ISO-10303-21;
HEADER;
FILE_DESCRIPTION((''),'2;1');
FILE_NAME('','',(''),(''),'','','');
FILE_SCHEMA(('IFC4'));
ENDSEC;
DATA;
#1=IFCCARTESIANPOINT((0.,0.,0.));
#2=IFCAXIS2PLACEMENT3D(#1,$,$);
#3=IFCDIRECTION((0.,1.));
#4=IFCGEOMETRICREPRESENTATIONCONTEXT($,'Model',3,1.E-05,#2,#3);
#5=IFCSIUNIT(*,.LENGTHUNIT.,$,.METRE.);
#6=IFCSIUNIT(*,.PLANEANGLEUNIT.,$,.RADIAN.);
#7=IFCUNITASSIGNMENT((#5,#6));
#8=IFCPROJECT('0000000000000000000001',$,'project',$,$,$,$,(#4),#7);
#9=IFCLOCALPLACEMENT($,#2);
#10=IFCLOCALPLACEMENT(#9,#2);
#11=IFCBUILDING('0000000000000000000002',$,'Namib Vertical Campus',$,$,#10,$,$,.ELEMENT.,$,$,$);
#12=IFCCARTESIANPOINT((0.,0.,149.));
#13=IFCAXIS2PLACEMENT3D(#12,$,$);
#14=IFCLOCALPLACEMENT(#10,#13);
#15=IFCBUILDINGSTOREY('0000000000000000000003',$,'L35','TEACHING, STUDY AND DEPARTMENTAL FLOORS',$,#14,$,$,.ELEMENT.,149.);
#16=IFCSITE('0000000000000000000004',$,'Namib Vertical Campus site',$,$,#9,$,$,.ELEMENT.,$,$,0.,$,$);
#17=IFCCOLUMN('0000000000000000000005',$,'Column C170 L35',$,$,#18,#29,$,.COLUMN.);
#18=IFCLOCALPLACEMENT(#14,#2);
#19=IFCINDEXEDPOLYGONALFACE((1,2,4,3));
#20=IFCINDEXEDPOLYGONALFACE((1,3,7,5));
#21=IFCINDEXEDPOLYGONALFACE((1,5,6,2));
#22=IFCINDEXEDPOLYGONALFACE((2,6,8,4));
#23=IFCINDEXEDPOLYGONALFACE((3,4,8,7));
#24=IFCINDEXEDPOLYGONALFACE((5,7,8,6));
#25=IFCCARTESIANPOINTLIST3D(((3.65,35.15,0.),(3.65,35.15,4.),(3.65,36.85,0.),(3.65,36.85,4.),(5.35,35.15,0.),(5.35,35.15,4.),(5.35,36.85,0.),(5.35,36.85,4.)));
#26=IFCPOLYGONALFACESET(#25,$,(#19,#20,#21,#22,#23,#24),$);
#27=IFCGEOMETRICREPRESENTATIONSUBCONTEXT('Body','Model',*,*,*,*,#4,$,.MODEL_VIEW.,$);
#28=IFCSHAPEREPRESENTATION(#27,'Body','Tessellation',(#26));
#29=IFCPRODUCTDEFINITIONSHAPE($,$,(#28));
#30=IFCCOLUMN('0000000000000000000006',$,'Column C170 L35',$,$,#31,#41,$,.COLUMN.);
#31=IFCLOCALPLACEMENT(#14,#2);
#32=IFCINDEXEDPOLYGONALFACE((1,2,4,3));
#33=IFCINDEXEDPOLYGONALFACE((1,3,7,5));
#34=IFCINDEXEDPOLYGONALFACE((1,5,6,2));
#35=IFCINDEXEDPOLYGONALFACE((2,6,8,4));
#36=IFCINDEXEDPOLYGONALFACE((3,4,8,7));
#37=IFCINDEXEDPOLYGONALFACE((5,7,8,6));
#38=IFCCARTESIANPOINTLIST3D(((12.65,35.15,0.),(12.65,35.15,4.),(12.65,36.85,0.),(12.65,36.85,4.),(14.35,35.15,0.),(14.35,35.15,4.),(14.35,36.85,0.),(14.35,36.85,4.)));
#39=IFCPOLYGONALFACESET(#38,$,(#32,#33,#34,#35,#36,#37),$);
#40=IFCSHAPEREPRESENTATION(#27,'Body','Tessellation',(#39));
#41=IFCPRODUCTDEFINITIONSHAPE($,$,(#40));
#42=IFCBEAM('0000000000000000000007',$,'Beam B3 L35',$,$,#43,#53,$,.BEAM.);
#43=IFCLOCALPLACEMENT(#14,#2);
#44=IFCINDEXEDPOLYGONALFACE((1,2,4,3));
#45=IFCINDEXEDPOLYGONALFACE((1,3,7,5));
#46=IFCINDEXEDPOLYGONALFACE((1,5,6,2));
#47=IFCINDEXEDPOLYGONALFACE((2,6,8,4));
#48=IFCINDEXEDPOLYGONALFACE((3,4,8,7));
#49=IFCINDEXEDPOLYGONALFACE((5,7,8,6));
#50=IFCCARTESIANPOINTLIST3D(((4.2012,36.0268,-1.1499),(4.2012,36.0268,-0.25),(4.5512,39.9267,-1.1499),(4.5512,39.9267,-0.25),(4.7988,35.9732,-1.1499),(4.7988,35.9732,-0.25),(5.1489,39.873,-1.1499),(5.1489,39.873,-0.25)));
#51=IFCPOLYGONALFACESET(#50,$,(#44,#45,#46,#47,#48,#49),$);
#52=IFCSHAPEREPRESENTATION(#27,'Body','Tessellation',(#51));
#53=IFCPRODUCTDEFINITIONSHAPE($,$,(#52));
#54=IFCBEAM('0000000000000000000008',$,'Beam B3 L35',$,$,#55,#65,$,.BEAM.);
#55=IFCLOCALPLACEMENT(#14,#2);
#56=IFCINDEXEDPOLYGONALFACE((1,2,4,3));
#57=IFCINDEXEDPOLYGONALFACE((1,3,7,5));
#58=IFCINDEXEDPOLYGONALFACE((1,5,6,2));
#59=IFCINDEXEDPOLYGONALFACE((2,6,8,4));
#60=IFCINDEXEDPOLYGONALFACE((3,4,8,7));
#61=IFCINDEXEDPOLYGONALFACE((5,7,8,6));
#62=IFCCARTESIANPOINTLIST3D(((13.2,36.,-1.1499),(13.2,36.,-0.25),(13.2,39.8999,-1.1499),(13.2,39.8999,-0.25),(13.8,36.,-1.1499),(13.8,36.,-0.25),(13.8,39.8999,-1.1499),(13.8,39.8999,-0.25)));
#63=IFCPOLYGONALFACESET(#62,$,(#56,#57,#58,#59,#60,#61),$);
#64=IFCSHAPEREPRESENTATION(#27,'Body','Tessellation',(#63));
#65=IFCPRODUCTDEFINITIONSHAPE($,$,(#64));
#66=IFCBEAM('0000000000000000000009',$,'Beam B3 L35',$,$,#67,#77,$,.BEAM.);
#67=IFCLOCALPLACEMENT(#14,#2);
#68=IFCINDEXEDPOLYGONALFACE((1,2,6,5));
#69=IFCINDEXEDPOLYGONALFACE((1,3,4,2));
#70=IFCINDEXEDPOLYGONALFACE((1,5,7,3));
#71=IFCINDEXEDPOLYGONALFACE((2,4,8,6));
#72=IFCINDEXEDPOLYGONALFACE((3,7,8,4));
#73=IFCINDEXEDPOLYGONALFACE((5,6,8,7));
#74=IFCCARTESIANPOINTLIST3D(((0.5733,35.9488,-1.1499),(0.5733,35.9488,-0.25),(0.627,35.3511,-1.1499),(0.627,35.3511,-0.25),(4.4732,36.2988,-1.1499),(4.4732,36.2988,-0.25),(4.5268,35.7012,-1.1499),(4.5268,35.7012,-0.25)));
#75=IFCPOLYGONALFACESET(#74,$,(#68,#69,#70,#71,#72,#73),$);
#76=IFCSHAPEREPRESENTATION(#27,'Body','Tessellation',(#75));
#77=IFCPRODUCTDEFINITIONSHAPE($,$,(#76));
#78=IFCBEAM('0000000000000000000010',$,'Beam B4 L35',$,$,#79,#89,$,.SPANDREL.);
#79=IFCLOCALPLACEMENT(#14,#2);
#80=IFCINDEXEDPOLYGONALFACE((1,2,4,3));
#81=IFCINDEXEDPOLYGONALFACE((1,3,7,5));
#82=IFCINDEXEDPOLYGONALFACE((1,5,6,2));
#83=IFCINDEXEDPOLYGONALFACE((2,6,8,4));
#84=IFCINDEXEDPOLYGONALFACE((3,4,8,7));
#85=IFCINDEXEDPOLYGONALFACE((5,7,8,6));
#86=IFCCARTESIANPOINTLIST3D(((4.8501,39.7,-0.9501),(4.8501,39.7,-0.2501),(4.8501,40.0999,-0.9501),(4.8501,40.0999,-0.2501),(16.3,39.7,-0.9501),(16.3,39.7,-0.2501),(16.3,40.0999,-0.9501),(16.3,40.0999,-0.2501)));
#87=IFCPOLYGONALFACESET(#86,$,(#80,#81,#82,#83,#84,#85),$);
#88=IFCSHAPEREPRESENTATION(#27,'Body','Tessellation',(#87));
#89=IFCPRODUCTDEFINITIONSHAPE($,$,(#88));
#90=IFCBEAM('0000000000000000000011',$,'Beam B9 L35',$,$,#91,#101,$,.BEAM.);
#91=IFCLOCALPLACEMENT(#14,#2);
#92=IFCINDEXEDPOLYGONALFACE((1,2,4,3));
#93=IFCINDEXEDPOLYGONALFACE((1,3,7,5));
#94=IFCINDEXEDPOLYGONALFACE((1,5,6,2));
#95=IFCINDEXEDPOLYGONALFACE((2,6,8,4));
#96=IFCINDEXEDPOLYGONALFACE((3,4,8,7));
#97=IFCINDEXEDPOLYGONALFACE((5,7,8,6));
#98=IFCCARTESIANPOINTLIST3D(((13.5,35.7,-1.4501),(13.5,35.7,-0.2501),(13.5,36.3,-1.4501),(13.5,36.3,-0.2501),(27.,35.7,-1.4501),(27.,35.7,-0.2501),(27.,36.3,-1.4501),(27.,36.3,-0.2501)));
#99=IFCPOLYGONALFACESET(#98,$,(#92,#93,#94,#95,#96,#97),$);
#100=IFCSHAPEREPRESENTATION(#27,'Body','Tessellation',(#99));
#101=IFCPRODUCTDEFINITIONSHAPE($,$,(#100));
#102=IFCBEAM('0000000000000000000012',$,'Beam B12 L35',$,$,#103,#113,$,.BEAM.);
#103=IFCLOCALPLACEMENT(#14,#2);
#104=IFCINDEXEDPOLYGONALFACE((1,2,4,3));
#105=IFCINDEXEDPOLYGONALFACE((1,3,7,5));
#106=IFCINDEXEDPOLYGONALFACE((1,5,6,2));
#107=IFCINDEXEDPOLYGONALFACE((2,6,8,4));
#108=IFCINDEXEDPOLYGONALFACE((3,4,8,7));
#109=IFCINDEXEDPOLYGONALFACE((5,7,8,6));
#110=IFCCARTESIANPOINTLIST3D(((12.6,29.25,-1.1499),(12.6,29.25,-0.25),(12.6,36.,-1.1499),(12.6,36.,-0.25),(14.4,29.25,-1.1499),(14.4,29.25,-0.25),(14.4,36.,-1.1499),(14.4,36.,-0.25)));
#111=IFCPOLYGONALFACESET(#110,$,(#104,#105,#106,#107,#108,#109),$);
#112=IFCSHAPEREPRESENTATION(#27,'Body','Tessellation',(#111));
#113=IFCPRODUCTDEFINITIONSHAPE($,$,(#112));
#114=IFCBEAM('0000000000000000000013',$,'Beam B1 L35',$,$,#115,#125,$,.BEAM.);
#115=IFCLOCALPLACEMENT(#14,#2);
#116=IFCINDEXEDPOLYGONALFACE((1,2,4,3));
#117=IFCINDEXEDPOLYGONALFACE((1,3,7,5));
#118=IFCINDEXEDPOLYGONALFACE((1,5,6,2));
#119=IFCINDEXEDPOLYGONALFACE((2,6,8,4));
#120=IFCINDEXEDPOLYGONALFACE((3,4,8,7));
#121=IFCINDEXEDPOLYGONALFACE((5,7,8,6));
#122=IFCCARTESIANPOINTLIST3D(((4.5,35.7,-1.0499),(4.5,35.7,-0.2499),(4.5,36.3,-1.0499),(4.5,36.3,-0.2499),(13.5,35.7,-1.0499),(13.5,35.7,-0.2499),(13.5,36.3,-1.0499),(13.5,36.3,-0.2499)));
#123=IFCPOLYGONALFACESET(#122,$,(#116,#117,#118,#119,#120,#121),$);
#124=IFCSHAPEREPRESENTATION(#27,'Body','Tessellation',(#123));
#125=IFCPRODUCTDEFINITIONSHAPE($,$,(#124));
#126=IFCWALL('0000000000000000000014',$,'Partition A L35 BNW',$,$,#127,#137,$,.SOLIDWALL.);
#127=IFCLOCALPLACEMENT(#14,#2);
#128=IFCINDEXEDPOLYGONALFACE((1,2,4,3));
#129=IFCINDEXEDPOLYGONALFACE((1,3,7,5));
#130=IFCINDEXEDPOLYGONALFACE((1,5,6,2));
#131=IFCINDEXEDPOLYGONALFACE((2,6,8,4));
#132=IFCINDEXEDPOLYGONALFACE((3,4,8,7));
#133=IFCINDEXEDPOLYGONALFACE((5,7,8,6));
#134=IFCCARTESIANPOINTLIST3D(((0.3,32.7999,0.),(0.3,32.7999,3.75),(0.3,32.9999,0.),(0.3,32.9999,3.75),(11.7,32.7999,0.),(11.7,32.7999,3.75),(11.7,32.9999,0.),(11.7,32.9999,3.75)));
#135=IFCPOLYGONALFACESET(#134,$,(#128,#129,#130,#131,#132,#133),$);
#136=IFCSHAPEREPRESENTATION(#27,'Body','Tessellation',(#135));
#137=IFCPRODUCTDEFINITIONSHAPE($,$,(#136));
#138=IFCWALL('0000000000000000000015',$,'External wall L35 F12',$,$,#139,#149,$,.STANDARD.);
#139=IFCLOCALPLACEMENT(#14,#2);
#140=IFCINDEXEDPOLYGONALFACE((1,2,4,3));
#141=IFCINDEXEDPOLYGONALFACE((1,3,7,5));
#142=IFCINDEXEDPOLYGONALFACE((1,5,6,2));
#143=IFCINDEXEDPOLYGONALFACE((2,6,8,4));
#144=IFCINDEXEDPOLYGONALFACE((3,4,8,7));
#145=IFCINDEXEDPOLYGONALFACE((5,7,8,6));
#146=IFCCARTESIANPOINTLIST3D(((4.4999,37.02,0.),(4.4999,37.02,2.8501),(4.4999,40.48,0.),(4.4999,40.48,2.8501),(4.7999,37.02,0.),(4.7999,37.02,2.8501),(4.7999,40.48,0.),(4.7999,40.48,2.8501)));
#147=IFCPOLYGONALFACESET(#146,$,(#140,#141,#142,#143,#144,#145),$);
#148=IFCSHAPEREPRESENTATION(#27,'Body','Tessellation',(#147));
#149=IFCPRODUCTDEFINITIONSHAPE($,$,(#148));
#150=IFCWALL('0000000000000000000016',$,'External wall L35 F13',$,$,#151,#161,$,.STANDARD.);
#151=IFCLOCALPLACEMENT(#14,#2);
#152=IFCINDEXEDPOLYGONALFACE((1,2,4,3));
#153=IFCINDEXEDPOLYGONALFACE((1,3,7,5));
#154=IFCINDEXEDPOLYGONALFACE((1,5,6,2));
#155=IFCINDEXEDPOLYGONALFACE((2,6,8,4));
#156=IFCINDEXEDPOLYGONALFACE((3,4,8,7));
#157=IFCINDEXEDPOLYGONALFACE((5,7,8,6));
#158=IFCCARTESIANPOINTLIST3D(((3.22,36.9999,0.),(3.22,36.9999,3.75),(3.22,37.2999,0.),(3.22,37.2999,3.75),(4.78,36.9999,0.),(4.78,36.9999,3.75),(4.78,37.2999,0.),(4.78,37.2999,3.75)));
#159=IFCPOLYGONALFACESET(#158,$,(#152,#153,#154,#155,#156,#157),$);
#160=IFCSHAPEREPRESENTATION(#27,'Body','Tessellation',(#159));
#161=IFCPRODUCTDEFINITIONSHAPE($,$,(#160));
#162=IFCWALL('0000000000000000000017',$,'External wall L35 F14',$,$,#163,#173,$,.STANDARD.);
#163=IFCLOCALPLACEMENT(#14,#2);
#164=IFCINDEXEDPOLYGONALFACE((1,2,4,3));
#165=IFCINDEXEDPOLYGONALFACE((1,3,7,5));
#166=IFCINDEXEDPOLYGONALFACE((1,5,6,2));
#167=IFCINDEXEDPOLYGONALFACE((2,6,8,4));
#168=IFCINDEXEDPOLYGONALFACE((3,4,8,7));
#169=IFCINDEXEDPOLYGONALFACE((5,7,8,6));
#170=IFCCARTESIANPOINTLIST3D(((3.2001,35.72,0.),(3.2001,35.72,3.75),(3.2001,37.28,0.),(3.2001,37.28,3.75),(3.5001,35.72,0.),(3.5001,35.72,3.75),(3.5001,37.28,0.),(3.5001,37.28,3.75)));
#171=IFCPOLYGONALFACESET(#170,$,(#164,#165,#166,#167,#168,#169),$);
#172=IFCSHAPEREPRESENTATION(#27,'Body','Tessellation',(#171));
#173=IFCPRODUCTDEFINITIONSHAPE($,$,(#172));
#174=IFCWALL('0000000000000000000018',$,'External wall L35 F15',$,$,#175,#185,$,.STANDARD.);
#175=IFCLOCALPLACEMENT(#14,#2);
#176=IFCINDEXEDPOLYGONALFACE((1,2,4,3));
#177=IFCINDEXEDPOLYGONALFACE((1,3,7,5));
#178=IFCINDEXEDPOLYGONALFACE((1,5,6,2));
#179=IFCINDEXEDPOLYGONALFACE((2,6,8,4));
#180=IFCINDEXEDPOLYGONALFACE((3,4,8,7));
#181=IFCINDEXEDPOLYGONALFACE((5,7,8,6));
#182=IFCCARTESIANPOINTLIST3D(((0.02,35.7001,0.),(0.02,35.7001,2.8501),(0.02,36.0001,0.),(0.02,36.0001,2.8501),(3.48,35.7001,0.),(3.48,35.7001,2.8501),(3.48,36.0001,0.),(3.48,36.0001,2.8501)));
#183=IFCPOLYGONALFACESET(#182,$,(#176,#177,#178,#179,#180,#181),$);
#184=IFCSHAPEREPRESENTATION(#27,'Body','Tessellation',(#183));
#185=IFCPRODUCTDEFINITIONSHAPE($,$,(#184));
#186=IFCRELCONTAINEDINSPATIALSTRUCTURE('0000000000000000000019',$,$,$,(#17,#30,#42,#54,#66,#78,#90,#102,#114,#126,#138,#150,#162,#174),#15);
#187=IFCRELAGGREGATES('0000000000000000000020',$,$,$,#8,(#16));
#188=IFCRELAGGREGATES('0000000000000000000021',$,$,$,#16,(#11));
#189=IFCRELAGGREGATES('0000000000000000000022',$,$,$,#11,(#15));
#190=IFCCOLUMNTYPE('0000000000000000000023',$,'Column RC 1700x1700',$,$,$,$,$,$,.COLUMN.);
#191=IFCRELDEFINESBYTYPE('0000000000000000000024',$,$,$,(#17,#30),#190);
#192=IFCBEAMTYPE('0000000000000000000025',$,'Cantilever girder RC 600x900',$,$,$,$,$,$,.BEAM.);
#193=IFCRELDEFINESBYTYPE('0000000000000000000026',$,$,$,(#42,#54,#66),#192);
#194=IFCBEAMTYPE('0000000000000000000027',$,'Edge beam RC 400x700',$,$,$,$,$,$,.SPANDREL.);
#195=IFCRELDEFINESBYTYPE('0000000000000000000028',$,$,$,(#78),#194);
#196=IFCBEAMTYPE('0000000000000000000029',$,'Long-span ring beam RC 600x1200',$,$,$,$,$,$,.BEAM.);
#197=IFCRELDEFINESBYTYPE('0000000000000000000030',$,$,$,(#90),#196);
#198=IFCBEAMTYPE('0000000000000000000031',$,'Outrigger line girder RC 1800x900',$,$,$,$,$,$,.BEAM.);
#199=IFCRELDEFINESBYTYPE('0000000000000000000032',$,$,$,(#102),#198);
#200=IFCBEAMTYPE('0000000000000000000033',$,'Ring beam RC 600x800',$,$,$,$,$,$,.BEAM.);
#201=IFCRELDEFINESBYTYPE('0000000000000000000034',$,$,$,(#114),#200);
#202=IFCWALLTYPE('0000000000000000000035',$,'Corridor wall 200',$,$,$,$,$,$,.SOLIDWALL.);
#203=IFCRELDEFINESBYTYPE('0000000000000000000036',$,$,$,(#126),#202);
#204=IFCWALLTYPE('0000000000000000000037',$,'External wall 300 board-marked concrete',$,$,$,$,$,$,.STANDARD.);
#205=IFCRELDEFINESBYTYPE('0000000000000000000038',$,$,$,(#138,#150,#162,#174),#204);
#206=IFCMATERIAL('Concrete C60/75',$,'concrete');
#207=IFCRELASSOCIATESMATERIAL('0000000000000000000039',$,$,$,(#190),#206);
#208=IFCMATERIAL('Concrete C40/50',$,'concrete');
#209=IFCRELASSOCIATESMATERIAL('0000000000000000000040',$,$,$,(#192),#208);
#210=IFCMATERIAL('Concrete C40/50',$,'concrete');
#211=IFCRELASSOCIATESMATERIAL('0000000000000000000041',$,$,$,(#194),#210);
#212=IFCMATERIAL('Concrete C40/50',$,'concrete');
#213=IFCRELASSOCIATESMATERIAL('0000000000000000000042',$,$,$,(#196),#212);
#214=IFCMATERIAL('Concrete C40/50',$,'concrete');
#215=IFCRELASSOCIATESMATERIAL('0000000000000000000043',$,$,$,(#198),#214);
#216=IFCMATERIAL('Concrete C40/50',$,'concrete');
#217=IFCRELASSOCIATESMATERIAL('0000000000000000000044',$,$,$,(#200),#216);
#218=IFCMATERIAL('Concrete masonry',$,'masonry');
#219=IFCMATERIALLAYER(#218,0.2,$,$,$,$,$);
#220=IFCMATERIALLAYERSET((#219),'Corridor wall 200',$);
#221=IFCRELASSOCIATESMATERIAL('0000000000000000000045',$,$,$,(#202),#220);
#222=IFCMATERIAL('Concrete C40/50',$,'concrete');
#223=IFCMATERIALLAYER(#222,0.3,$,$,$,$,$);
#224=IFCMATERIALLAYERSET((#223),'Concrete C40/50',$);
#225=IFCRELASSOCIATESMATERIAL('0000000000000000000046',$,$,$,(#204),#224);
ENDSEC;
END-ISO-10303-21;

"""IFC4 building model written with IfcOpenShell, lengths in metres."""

from ifc_helpers import new_model, si_unit, direction, frame, frame_2d, origin, origin_2d, place, context, subcontext, project, spatial, rectangle, extrude, material, layer, layer_set, material_profile, profile_set, type_object, element, save


model = new_model("IFC4")

# Units and contexts
model_context = context("Model", 3, precision=1e-05, world=origin(), true_north=direction((0.0, 1.0)))
body_context = subcontext(model_context, "Body", "Model", "MODEL_VIEW")
ifc_project = project(units=[si_unit("LENGTHUNIT", "METRE"), si_unit("PLANEANGLEUNIT", "RADIAN")], contexts=[model_context])

# Site, building, storey
site_placement = place(None, origin())
site = spatial("IfcSite", under=ifc_project, at=site_placement, Name="Namib Vertical Campus site", CompositionType="ELEMENT", RefElevation=0.0)
building_placement = place(site_placement, origin())
building = spatial("IfcBuilding", under=site, at=building_placement, Name="Namib Vertical Campus", CompositionType="ELEMENT")
storey_placement = place(building_placement, frame((0.0, 0.0, 149.0)))
storey = spatial("IfcBuildingStorey", under=building, at=storey_placement, Name="L35", Description="TEACHING, STUDY AND DEPARTMENTAL FLOORS", CompositionType="ELEMENT", Elevation=149.0)

# Columns
ifc_material_1 = material(Name="Concrete C60/75", Category="concrete")
ifc_material_profile_1 = material_profile(ifc_material_1, rectangle(XDim=1.7, YDim=1.7, at=origin_2d()))
ifc_profile_set_1 = profile_set([ifc_material_profile_1], Name="Concrete C60/75")
column_type = type_object("IfcColumnType", Name="Column RC 1700x1700", PredefinedType="COLUMN", material=ifc_profile_set_1)
for number, where, z_axis, x_axis, name in (
    (1, (4.5, 36.0, 0.0), (0.0, 0.0, 1.0), (1.0, 0.0, 0.0), "Column C170 L35"),
    (2, (13.5, 36.0, 0.0), (0.0, 0.0, 1.0), (1.0, 0.0, 0.0), "Column C170 L35"),
):
    element("IfcColumn", number, at=place(storey_placement, frame(where, z_axis=z_axis, x_axis=x_axis)), inside=storey, type_object=column_type, Name=name, PredefinedType="COLUMN", context=body_context, shape_type="SweptSolid", body=[
        extrude(rectangle(XDim=1.7, YDim=1.7, at=origin_2d()), origin(), (0.0, 0.0, 1.0), 4.0),
    ])

# Beams
ifc_material_2 = material(Name="Concrete C40/50", Category="concrete")
ifc_material_profile_2 = material_profile(ifc_material_2, rectangle(XDim=0.6001, YDim=0.8999, at=origin_2d()))
ifc_profile_set_2 = profile_set([ifc_material_profile_2], Name="Concrete C40/50")
beam_type_1 = type_object("IfcBeamType", Name="Cantilever girder RC 600x900", PredefinedType="BEAM", material=ifc_profile_set_2)
beam_1_placement = place(storey_placement, frame((4.5, 36.0, -0.7), z_axis=(0.089411, 0.995995, 0.0), x_axis=(-0.995995, 0.089411, 0.0)))
element("IfcBeam", 3, at=beam_1_placement, inside=storey, type_object=beam_type_1, Name="Beam B3 L35", PredefinedType="BEAM", context=body_context, shape_type="SweptSolid", body=[
    extrude(rectangle(XDim=0.6001, YDim=0.8999, at=origin_2d()), origin(), (0.0, 0.0, 1.0), 3.9155),
])
beam_2_placement = place(storey_placement, frame((13.5, 36.0, -0.7), z_axis=(0.0, 1.0, 0.0), x_axis=(-1.0, 0.0, 0.0)))
element("IfcBeam", 4, at=beam_2_placement, inside=storey, type_object=beam_type_1, Name="Beam B3 L35", PredefinedType="BEAM", context=body_context, shape_type="SweptSolid", body=[
    extrude(rectangle(XDim=0.6001, YDim=0.8999, at=origin_2d()), origin(), (0.0, 0.0, 1.0), 3.8999),
])
beam_3_placement = place(storey_placement, frame((4.5, 36.0, -0.7), z_axis=(-0.995995, -0.089411, 0.0), x_axis=(0.089411, -0.995995, 0.0)))
element("IfcBeam", 5, at=beam_3_placement, inside=storey, type_object=beam_type_1, Name="Beam B3 L35", PredefinedType="BEAM", context=body_context, shape_type="SweptSolid", body=[
    extrude(rectangle(XDim=0.6001, YDim=0.8999, at=origin_2d()), origin(), (0.0, 0.0, 1.0), 3.9155),
])
ifc_material_3 = material(Name="Concrete C40/50", Category="concrete")
ifc_material_profile_3 = material_profile(ifc_material_3, rectangle(XDim=0.3999, YDim=0.7, at=origin_2d()))
ifc_profile_set_3 = profile_set([ifc_material_profile_3], Name="Concrete C40/50")
beam_type_2 = type_object("IfcBeamType", Name="Edge beam RC 400x700", PredefinedType="SPANDREL", material=ifc_profile_set_3)
beam_4_placement = place(storey_placement, frame((4.8501, 39.8999, -0.6001), z_axis=(1.0, 0.0, 0.0), x_axis=(0.0, 1.0, 0.0)))
element("IfcBeam", 6, at=beam_4_placement, inside=storey, type_object=beam_type_2, Name="Beam B4 L35", PredefinedType="SPANDREL", context=body_context, shape_type="SweptSolid", body=[
    extrude(rectangle(XDim=0.3999, YDim=0.7, at=origin_2d()), origin(), (0.0, 0.0, 1.0), 11.45),
])
ifc_material_4 = material(Name="Concrete C40/50", Category="concrete")
ifc_material_profile_4 = material_profile(ifc_material_4, rectangle(XDim=0.6001, YDim=1.2, at=origin_2d()))
ifc_profile_set_4 = profile_set([ifc_material_profile_4], Name="Concrete C40/50")
beam_type_3 = type_object("IfcBeamType", Name="Long-span ring beam RC 600x1200", PredefinedType="BEAM", material=ifc_profile_set_4)
beam_5_placement = place(storey_placement, frame((13.5, 36.0, -0.8501), z_axis=(1.0, 0.0, 0.0), x_axis=(0.0, 1.0, 0.0)))
element("IfcBeam", 7, at=beam_5_placement, inside=storey, type_object=beam_type_3, Name="Beam B9 L35", PredefinedType="BEAM", context=body_context, shape_type="SweptSolid", body=[
    extrude(rectangle(XDim=0.6001, YDim=1.2, at=origin_2d()), origin(), (0.0, 0.0, 1.0), 13.5),
])
ifc_material_5 = material(Name="Concrete C40/50", Category="concrete")
ifc_material_profile_5 = material_profile(ifc_material_5, rectangle(XDim=1.8, YDim=0.8999, at=origin_2d()))
ifc_profile_set_5 = profile_set([ifc_material_profile_5], Name="Concrete C40/50")
beam_type_4 = type_object("IfcBeamType", Name="Outrigger line girder RC 1800x900", PredefinedType="BEAM", material=ifc_profile_set_5)
beam_6_placement = place(storey_placement, frame((13.5, 36.0, -0.7), z_axis=(0.0, -1.0, 0.0), x_axis=(1.0, 0.0, 0.0)))
element("IfcBeam", 8, at=beam_6_placement, inside=storey, type_object=beam_type_4, Name="Beam B12 L35", PredefinedType="BEAM", context=body_context, shape_type="SweptSolid", body=[
    extrude(rectangle(XDim=1.8, YDim=0.8999, at=origin_2d()), origin(), (0.0, 0.0, 1.0), 6.75),
])
ifc_material_6 = material(Name="Concrete C40/50", Category="concrete")
ifc_material_profile_6 = material_profile(ifc_material_6, rectangle(XDim=0.6001, YDim=0.8, at=origin_2d()))
ifc_profile_set_6 = profile_set([ifc_material_profile_6], Name="Concrete C40/50")
beam_type_5 = type_object("IfcBeamType", Name="Ring beam RC 600x800", PredefinedType="BEAM", material=ifc_profile_set_6)
beam_7_placement = place(storey_placement, frame((4.5, 36.0, -0.6499), z_axis=(1.0, 0.0, 0.0), x_axis=(0.0, 1.0, 0.0)))
element("IfcBeam", 9, at=beam_7_placement, inside=storey, type_object=beam_type_5, Name="Beam B1 L35", PredefinedType="BEAM", context=body_context, shape_type="SweptSolid", body=[
    extrude(rectangle(XDim=0.6001, YDim=0.8, at=origin_2d()), origin(), (0.0, 0.0, 1.0), 9.0),
])

# Walls
ifc_material_7 = material(Name="Concrete masonry", Category="masonry")
ifc_layer_1 = layer(ifc_material_7, 0.2)
ifc_layer_set_1 = layer_set([ifc_layer_1], Name="Corridor wall 200")
wall_type_1 = type_object("IfcWallType", Name="Corridor wall 200", PredefinedType="SOLIDWALL", material=ifc_layer_set_1)
wall_1_placement = place(storey_placement, frame((0.3, 32.8999, 0.0), z_axis=(0.0, 0.0, 1.0), x_axis=(1.0, 0.0, 0.0)))
element("IfcWall", 10, at=wall_1_placement, inside=storey, type_object=wall_type_1, Name="Partition A L35 BNW", PredefinedType="SOLIDWALL", context=body_context, shape_type="SweptSolid", body=[
    extrude(rectangle(XDim=11.3999, YDim=0.2, at=frame_2d((5.7, 0.0))), origin(), (0.0, 0.0, 1.0), 3.75),
])
ifc_material_8 = material(Name="Concrete C40/50", Category="concrete")
ifc_layer_2 = layer(ifc_material_8, 0.3)
ifc_layer_set_2 = layer_set([ifc_layer_2], Name="Concrete C40/50")
wall_type_2 = type_object("IfcWallType", Name="External wall 300 board-marked concrete", PredefinedType="STANDARD", material=ifc_layer_set_2)
wall_2_placement = place(storey_placement, frame((4.6499, 40.48, 0.0), z_axis=(0.0, 0.0, 1.0), x_axis=(0.0, -1.0, 0.0)))
element("IfcWall", 11, at=wall_2_placement, inside=storey, type_object=wall_type_2, Name="External wall L35 F12", PredefinedType="STANDARD", context=body_context, shape_type="SweptSolid", body=[
    extrude(rectangle(XDim=3.46, YDim=0.3, at=frame_2d((1.73, 0.0))), origin(), (0.0, 0.0, 1.0), 2.8501),
])
for number, where, z_axis, x_axis, name in (
    (12, (4.78, 37.1499, 0.0), (0.0, 0.0, 1.0), (-1.0, 0.0, 0.0), "External wall L35 F13"),
    (13, (3.3501, 37.28, 0.0), (0.0, 0.0, 1.0), (0.0, -1.0, 0.0), "External wall L35 F14"),
):
    element("IfcWall", number, at=place(storey_placement, frame(where, z_axis=z_axis, x_axis=x_axis)), inside=storey, type_object=wall_type_2, Name=name, PredefinedType="STANDARD", context=body_context, shape_type="SweptSolid", body=[
        extrude(rectangle(XDim=1.5601, YDim=0.3, at=frame_2d((0.78, 0.0))), origin(), (0.0, 0.0, 1.0), 3.75),
    ])
wall_3_placement = place(storey_placement, frame((3.48, 35.8501, 0.0), z_axis=(0.0, 0.0, 1.0), x_axis=(-1.0, 0.0, 0.0)))
element("IfcWall", 14, at=wall_3_placement, inside=storey, type_object=wall_type_2, Name="External wall L35 F15", PredefinedType="STANDARD", context=body_context, shape_type="SweptSolid", body=[
    extrude(rectangle(XDim=3.46, YDim=0.3, at=frame_2d((1.73, 0.0))), origin(), (0.0, 0.0, 1.0), 2.8501),
])

save(model, "model.ifc")
